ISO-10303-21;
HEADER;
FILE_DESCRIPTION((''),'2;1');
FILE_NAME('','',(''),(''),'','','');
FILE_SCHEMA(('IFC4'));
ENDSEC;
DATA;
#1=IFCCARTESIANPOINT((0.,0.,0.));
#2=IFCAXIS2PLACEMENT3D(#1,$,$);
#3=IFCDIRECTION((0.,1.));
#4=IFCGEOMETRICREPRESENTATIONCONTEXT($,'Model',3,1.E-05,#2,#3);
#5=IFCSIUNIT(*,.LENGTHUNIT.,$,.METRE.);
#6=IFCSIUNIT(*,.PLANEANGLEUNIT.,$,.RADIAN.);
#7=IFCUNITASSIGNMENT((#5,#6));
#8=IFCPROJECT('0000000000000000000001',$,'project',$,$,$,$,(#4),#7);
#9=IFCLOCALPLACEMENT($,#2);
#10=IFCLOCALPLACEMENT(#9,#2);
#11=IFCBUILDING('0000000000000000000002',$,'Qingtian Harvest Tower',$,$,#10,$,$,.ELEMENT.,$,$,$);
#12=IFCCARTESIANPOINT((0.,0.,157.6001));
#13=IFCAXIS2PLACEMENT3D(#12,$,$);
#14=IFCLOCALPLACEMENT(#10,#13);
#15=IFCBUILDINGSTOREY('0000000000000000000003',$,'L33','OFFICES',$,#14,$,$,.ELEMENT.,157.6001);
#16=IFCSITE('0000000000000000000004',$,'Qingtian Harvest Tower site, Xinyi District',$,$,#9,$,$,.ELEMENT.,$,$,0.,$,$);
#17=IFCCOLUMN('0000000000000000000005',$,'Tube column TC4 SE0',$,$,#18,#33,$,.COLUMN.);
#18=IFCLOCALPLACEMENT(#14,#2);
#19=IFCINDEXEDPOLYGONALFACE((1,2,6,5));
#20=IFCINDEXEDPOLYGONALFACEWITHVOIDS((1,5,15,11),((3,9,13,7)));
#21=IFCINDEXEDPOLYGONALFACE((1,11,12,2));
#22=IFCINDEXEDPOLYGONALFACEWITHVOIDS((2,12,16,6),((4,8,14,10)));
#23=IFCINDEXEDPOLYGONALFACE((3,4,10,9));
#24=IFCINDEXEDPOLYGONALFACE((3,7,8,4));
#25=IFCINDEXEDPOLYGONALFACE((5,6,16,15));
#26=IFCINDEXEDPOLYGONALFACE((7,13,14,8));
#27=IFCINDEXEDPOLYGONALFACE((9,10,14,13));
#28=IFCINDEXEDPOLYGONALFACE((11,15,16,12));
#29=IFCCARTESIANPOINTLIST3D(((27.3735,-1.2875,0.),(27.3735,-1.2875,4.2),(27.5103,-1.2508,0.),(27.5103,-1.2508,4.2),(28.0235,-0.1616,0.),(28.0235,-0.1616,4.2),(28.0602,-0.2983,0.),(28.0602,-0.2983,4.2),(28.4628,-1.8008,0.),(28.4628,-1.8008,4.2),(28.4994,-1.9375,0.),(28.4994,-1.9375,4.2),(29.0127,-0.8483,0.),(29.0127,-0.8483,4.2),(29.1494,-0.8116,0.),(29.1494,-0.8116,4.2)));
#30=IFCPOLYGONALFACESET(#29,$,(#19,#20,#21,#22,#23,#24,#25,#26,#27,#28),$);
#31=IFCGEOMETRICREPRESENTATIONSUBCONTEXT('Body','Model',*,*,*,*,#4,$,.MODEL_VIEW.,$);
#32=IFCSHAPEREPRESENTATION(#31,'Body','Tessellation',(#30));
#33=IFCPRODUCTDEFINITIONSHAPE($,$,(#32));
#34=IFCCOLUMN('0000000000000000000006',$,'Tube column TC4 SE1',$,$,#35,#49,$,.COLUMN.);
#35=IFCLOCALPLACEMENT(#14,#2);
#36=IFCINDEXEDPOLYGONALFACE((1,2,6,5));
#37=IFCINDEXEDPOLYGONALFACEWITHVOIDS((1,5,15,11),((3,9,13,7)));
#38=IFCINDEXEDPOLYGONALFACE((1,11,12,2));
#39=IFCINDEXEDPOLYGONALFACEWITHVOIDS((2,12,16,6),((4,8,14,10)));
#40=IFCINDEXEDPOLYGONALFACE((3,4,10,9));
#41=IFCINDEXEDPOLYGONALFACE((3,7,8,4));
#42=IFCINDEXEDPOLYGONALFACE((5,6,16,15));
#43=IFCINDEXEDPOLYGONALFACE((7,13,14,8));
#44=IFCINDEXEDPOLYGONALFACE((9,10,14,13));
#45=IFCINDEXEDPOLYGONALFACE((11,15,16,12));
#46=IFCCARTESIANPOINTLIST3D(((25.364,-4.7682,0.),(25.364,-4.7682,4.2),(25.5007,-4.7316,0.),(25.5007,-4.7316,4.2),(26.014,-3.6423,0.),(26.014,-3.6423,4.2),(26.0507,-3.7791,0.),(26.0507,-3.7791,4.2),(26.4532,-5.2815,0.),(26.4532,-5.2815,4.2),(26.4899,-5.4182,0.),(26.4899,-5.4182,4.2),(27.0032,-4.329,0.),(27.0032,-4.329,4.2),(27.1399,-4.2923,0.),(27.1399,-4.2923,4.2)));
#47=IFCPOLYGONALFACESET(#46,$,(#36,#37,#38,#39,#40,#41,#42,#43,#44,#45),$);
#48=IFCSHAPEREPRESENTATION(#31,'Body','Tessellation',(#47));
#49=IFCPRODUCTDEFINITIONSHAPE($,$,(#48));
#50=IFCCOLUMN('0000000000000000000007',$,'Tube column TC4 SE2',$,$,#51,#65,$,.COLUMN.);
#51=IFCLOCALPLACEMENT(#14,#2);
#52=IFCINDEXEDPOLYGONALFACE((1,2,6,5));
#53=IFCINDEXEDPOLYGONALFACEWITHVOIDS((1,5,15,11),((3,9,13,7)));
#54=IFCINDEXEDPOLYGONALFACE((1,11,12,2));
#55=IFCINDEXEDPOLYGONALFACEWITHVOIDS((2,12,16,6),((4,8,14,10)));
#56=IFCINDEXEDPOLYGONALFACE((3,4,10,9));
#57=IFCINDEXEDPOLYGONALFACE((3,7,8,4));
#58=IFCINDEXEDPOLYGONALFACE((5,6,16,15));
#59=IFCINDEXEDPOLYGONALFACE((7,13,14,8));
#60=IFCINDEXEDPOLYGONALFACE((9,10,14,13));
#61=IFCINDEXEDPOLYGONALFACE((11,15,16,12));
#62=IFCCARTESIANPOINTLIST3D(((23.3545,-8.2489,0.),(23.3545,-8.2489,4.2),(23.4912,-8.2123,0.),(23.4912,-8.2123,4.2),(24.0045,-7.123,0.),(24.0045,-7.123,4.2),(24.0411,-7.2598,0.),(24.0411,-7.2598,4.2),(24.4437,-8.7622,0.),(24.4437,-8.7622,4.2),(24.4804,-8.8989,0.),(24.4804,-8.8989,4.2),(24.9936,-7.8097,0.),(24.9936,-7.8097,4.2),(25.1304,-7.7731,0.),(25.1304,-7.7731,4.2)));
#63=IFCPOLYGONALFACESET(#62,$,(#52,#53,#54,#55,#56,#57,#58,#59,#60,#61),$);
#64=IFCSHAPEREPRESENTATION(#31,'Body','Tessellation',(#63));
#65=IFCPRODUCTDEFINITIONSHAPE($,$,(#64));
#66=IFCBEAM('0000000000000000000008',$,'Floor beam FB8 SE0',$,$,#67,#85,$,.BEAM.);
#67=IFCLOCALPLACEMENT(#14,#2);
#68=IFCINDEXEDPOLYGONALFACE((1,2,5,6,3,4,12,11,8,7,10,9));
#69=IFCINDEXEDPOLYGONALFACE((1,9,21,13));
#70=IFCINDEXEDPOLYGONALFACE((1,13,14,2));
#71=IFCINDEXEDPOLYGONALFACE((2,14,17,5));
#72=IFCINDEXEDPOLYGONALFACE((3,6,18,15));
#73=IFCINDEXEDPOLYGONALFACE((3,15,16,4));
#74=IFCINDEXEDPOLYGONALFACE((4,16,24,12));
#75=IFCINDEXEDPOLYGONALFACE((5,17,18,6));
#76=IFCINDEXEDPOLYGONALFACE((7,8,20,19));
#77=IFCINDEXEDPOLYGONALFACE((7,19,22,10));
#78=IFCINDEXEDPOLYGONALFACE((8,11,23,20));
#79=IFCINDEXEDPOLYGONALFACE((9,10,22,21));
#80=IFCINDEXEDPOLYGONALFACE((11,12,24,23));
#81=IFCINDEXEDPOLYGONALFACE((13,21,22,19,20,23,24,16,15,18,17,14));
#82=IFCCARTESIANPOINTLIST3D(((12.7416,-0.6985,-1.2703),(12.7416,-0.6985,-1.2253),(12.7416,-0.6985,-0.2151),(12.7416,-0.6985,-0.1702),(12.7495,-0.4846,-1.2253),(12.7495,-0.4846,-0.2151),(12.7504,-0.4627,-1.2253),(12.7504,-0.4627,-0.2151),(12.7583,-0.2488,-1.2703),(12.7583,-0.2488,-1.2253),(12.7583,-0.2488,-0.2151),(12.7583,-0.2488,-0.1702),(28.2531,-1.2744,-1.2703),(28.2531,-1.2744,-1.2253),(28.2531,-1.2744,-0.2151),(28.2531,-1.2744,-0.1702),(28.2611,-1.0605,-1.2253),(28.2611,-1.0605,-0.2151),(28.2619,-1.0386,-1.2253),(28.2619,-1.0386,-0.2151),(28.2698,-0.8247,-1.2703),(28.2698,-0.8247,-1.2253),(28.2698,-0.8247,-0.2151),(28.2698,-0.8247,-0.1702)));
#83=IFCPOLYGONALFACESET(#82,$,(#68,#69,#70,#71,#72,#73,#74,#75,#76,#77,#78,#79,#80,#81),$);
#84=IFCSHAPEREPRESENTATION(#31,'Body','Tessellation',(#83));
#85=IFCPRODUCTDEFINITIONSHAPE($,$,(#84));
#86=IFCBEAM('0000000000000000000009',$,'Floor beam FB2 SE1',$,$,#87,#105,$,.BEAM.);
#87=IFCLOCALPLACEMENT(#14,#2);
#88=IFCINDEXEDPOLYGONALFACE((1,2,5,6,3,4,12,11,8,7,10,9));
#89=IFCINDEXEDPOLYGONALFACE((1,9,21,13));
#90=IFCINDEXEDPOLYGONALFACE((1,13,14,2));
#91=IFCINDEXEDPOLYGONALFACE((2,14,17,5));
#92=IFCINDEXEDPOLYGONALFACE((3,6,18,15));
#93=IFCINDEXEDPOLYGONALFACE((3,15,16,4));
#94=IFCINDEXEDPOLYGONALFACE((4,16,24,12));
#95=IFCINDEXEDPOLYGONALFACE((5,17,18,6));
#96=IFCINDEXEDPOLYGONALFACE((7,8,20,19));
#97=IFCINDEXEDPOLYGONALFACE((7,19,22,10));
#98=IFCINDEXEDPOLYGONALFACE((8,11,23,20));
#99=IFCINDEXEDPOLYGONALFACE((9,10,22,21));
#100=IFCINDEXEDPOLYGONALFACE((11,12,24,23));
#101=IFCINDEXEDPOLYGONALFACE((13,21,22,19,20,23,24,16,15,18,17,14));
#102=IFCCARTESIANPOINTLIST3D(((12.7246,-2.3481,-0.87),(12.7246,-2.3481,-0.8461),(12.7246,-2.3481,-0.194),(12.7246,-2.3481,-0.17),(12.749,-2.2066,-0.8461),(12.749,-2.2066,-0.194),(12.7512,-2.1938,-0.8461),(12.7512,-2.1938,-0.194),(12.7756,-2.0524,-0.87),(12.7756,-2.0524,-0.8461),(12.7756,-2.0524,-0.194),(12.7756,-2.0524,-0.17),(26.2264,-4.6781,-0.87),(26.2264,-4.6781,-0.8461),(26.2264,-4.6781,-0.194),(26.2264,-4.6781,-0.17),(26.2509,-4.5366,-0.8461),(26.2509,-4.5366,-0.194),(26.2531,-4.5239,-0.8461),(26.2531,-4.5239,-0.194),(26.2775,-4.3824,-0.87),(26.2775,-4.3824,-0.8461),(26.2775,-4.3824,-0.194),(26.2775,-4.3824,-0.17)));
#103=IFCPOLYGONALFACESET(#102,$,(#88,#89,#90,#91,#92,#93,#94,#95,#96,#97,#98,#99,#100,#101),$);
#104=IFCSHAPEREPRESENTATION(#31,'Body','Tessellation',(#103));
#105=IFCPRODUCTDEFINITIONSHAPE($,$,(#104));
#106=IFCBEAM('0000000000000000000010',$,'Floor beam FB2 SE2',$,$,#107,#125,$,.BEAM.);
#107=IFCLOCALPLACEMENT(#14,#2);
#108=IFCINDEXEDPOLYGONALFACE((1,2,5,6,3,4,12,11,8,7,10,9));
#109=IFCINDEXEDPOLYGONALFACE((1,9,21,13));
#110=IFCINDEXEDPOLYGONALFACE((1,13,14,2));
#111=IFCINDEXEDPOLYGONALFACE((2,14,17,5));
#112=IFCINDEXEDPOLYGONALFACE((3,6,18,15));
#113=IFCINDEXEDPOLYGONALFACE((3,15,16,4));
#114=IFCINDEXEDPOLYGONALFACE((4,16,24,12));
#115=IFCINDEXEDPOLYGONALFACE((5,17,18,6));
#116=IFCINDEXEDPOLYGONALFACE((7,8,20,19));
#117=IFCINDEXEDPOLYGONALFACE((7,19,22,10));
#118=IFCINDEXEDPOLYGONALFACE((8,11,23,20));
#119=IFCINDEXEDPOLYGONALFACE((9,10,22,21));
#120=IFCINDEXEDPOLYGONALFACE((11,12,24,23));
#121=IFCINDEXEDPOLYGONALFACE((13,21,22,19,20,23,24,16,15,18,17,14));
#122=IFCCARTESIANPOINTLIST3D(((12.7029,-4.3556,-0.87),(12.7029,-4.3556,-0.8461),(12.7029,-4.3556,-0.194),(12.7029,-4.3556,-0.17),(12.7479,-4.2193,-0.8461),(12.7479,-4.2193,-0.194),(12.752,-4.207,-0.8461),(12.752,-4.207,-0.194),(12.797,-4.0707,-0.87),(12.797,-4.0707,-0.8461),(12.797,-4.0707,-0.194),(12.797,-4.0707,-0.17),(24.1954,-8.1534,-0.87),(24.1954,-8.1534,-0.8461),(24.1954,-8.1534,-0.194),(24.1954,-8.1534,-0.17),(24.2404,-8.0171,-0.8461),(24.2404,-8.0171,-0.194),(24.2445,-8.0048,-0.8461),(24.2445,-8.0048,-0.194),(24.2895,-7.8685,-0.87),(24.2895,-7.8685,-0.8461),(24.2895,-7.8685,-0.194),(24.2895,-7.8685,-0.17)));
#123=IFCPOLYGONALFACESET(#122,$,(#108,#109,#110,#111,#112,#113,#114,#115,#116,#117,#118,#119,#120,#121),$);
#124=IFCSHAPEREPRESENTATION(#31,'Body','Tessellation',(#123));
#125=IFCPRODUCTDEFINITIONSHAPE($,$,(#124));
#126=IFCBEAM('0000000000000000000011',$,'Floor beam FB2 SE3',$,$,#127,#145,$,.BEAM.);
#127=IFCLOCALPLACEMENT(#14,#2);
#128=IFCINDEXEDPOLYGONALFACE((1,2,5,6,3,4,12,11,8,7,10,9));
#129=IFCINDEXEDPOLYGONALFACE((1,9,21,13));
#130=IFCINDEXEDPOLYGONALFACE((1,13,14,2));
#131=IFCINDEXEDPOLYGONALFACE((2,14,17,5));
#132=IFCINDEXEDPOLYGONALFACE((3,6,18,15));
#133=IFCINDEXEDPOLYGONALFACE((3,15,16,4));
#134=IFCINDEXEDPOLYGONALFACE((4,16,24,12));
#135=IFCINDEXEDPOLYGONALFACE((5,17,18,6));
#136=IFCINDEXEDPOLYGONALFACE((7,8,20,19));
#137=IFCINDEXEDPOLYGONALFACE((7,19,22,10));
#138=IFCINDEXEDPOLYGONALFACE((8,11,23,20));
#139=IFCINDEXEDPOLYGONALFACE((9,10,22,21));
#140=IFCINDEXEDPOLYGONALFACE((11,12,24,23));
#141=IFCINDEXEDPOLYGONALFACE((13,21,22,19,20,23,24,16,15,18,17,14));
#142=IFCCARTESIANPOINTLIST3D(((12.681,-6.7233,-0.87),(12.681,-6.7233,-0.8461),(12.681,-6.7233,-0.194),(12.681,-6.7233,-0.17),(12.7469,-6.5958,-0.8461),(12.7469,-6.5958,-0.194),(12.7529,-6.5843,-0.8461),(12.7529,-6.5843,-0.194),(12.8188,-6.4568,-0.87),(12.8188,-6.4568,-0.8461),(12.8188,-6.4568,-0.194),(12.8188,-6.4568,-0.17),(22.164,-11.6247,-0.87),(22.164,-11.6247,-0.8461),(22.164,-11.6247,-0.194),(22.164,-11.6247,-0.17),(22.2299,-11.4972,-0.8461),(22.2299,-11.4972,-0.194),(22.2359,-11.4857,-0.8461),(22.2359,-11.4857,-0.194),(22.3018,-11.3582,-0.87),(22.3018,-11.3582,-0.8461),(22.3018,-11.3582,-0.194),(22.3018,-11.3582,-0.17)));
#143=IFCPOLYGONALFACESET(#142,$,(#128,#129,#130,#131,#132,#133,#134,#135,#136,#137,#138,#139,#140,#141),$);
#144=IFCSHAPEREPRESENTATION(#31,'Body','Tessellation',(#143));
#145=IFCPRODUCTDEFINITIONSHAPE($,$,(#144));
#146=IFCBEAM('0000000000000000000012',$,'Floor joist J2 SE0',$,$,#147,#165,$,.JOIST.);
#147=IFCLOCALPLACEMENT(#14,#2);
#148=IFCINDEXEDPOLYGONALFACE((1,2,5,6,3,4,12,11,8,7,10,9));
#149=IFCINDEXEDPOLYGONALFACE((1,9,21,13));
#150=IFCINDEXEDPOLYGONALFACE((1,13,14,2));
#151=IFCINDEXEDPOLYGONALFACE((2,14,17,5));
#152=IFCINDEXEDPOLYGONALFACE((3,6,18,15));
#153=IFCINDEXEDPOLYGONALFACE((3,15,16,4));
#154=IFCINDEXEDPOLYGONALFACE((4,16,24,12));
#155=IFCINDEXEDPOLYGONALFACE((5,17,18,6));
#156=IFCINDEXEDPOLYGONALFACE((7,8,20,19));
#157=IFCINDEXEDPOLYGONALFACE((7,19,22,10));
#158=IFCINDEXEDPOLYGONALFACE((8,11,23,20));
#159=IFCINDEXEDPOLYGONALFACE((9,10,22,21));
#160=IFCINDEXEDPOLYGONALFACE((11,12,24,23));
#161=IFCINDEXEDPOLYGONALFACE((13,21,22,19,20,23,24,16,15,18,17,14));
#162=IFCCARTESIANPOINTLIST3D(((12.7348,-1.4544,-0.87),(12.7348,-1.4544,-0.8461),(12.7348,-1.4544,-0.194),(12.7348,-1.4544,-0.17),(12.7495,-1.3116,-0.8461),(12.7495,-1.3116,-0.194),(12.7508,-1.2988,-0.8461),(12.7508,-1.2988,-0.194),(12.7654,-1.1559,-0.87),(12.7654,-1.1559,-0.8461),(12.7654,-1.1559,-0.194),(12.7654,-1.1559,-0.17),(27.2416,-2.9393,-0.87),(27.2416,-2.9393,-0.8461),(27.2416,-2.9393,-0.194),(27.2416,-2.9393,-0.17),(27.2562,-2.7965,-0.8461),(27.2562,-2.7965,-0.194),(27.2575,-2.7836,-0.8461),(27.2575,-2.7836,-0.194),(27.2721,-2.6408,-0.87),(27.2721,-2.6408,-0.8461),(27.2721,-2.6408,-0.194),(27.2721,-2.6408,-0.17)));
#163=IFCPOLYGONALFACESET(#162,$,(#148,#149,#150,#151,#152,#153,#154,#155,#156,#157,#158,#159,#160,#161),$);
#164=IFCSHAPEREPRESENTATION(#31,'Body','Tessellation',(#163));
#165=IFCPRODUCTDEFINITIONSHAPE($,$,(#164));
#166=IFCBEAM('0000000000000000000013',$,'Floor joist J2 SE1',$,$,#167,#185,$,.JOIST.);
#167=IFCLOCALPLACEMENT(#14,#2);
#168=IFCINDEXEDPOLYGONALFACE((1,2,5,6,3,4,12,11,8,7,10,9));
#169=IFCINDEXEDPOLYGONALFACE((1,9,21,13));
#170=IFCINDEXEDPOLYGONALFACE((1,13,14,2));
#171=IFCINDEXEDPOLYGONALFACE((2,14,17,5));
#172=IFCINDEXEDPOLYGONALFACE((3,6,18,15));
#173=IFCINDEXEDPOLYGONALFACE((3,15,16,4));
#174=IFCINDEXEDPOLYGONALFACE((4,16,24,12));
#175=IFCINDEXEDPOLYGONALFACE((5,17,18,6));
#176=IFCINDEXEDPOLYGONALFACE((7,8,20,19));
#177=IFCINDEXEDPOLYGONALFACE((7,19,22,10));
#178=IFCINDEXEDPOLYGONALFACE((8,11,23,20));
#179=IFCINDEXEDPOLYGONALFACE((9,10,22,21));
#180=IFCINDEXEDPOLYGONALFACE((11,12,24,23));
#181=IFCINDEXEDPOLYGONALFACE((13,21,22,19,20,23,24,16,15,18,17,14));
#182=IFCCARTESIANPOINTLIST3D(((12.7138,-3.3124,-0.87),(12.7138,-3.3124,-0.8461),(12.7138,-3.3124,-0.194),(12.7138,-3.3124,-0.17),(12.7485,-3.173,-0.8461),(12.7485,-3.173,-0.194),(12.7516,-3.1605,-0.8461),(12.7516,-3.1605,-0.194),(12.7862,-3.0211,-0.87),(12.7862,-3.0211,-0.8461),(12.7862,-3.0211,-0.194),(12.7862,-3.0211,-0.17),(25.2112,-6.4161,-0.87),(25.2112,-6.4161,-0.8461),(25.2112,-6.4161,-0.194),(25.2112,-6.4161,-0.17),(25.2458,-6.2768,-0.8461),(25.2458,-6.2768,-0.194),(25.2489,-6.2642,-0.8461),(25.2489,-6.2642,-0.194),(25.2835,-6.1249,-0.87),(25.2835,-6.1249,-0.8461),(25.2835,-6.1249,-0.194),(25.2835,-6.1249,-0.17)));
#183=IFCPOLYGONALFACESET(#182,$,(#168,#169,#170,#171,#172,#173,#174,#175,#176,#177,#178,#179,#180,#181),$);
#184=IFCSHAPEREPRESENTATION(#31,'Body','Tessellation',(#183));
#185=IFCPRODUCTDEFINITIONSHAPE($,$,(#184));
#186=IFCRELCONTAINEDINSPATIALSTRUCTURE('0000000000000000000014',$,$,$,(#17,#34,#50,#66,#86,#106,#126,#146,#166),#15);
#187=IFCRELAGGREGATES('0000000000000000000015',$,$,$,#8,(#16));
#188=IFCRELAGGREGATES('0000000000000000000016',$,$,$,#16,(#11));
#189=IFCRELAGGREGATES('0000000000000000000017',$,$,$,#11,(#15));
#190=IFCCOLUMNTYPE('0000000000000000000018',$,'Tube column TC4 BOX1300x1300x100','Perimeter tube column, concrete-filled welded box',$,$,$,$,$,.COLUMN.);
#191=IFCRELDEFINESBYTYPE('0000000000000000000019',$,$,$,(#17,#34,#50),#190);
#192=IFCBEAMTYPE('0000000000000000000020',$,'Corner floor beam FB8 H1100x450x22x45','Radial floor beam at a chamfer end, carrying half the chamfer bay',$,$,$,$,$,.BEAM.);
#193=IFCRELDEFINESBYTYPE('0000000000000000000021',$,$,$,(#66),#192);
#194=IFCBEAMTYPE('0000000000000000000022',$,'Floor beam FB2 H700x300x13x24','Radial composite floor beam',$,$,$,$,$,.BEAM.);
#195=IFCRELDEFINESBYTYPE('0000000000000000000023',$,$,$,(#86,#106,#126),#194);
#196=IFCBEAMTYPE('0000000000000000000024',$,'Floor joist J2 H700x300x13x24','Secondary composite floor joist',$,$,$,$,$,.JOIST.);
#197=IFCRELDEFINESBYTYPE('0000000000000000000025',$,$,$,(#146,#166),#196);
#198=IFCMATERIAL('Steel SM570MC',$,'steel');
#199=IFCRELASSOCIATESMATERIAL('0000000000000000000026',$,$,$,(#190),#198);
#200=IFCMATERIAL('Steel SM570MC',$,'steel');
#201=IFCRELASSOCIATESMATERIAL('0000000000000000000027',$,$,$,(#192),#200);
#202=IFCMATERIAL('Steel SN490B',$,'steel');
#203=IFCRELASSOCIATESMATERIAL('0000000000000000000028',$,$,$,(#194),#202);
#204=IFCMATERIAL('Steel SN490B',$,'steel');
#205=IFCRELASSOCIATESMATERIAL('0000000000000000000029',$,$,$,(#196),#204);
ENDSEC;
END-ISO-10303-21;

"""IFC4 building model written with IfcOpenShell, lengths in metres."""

from ifc_helpers import new_model, si_unit, direction, frame, origin, origin_2d, place, context, subcontext, project, spatial, hollow_rectangle, i_section, extrude, material, material_profile, profile_set, type_object, element, save


model = new_model("IFC4")

# Units and contexts
model_context = context("Model", 3, precision=1e-05, world=origin(), true_north=direction((0.0, 1.0)))
body_context = subcontext(model_context, "Body", "Model", "MODEL_VIEW")
ifc_project = project(units=[si_unit("LENGTHUNIT", "METRE"), si_unit("PLANEANGLEUNIT", "RADIAN")], contexts=[model_context])

# Site, building, storey
site_placement = place(None, origin())
site = spatial("IfcSite", under=ifc_project, at=site_placement, Name="Qingtian Harvest Tower site, Xinyi District", CompositionType="ELEMENT", RefElevation=0.0)
building_placement = place(site_placement, origin())
building = spatial("IfcBuilding", under=site, at=building_placement, Name="Qingtian Harvest Tower", CompositionType="ELEMENT")
storey_placement = place(building_placement, frame((0.0, 0.0, 157.6001)))
storey = spatial("IfcBuildingStorey", under=building, at=storey_placement, Name="L33", Description="OFFICES", CompositionType="ELEMENT", Elevation=157.6001)

# Columns
ifc_material_1 = material(Name="Steel SM570MC", Category="steel")
ifc_material_profile_1 = material_profile(ifc_material_1, hollow_rectangle(XDim=1.3, YDim=1.3, WallThickness=0.1001, at=origin_2d()), Name="BOX1300x1300x100")
ifc_profile_set_1 = profile_set([ifc_material_profile_1], Name="Steel SM570MC")
column_type = type_object("IfcColumnType", Name="Tube column TC4 BOX1300x1300x100", Description="Perimeter tube column, concrete-filled welded box", PredefinedType="COLUMN", material=ifc_profile_set_1)
for number, where, z_axis, x_axis, name in (
    (1, (28.2615, -1.0496, 0.0), (0.0, 0.0, 1.0), (0.5, 0.866025, 0.0), "Tube column TC4 SE0"),
    (2, (26.252, -4.5303, 0.0), (0.0, 0.0, 1.0), (0.5, 0.866025, 0.0), "Tube column TC4 SE1"),
    (3, (24.2424, -8.011, 0.0), (0.0, 0.0, 1.0), (0.5, 0.866025, 0.0), "Tube column TC4 SE2"),
):
    element("IfcColumn", number, at=place(storey_placement, frame(where, z_axis=z_axis, x_axis=x_axis)), inside=storey, type_object=column_type, Name=name, PredefinedType="COLUMN", context=body_context, shape_type="SweptSolid", body=[
        extrude(hollow_rectangle(XDim=1.3, YDim=1.3, WallThickness=0.1001, at=origin_2d()), origin(), (0.0, 0.0, 1.0), 4.2),
    ])

# Beams
ifc_material_2 = material(Name="Steel SM570MC", Category="steel")
ifc_material_profile_2 = material_profile(ifc_material_2, i_section(OverallWidth=0.45, OverallDepth=1.1001, WebThickness=0.022, FlangeThickness=0.0449, at=origin_2d()), Name="H1100x450x22x45")
ifc_profile_set_2 = profile_set([ifc_material_profile_2], Name="Steel SM570MC")
beam_type_1 = type_object("IfcBeamType", Name="Corner floor beam FB8 H1100x450x22x45", Description="Radial floor beam at a chamfer end, carrying half the chamfer bay", PredefinedType="BEAM", material=ifc_profile_set_2)
beam_1_placement = place(storey_placement, frame((28.2615, -1.0496, -0.7202), z_axis=(-0.999311, 0.037104, 0.0), x_axis=(-0.037104, -0.999311, 0.0)))
element("IfcBeam", 4, at=beam_1_placement, inside=storey, type_object=beam_type_1, Name="Floor beam FB8 SE0", PredefinedType="BEAM", context=body_context, shape_type="SweptSolid", body=[
    extrude(i_section(OverallWidth=0.45, OverallDepth=1.1001, WebThickness=0.022, FlangeThickness=0.0449, at=origin_2d()), origin(), (0.0, 0.0, 1.0), 15.5222),
])
ifc_material_3 = material(Name="Steel SN490B", Category="steel")
ifc_material_profile_3 = material_profile(ifc_material_3, i_section(OverallWidth=0.3, OverallDepth=0.7, WebThickness=0.0129, FlangeThickness=0.0239, at=origin_2d()), Name="H700x300x13x24")
ifc_profile_set_3 = profile_set([ifc_material_profile_3], Name="Steel SN490B")
beam_type_2 = type_object("IfcBeamType", Name="Floor beam FB2 H700x300x13x24", Description="Radial composite floor beam", PredefinedType="BEAM", material=ifc_profile_set_3)
beam_2_placement = place(storey_placement, frame((26.252, -4.5303, -0.52), z_axis=(-0.985434, 0.17006, 0.0), x_axis=(-0.17006, -0.985434, 0.0)))
element("IfcBeam", 5, at=beam_2_placement, inside=storey, type_object=beam_type_2, Name="Floor beam FB2 SE1", PredefinedType="BEAM", context=body_context, shape_type="SweptSolid", body=[
    extrude(i_section(OverallWidth=0.3, OverallDepth=0.7, WebThickness=0.0129, FlangeThickness=0.0239, at=origin_2d()), origin(), (0.0, 0.0, 1.0), 13.7014),
])
beam_3_placement = place(storey_placement, frame((24.2424, -8.011, -0.52), z_axis=(-0.949497, 0.313776, 0.0), x_axis=(-0.313776, -0.949497, 0.0)))
element("IfcBeam", 6, at=beam_3_placement, inside=storey, type_object=beam_type_2, Name="Floor beam FB2 SE2", PredefinedType="BEAM", context=body_context, shape_type="SweptSolid", body=[
    extrude(i_section(OverallWidth=0.3, OverallDepth=0.7, WebThickness=0.0129, FlangeThickness=0.0239, at=origin_2d()), origin(), (0.0, 0.0, 1.0), 12.1038),
])
beam_4_placement = place(storey_placement, frame((22.2329, -11.4915, -0.52), z_axis=(-0.888355, 0.459158, 0.0), x_axis=(-0.459158, -0.888355, 0.0)))
element("IfcBeam", 7, at=beam_4_placement, inside=storey, type_object=beam_type_2, Name="Floor beam FB2 SE3", PredefinedType="BEAM", context=body_context, shape_type="SweptSolid", body=[
    extrude(i_section(OverallWidth=0.3, OverallDepth=0.7, WebThickness=0.0129, FlangeThickness=0.0239, at=origin_2d()), origin(), (0.0, 0.0, 1.0), 10.6748),
])
ifc_material_4 = material(Name="Steel SN490B", Category="steel")
ifc_material_profile_4 = material_profile(ifc_material_4, i_section(OverallWidth=0.3, OverallDepth=0.7, WebThickness=0.0129, FlangeThickness=0.0239, at=origin_2d()), Name="H700x300x13x24")
ifc_profile_set_4 = profile_set([ifc_material_profile_4], Name="Steel SN490B")
beam_type_3 = type_object("IfcBeamType", Name="Floor joist J2 H700x300x13x24", Description="Secondary composite floor joist", PredefinedType="JOIST", material=ifc_profile_set_4)
beam_5_placement = place(storey_placement, frame((27.2568, -2.79, -0.52), z_axis=(-0.994802, 0.101824, 0.0), x_axis=(-0.101824, -0.994802, 0.0)))
element("IfcBeam", 8, at=beam_5_placement, inside=storey, type_object=beam_type_3, Name="Floor joist J2 SE0", PredefinedType="JOIST", context=body_context, shape_type="SweptSolid", body=[
    extrude(i_section(OverallWidth=0.3, OverallDepth=0.7, WebThickness=0.0129, FlangeThickness=0.0239, at=origin_2d()), origin(), (0.0, 0.0, 1.0), 14.5825),
])
beam_6_placement = place(storey_placement, frame((25.2473, -6.2705, -0.52), z_axis=(-0.970517, 0.241032, 0.0), x_axis=(-0.241032, -0.970517, 0.0)))
element("IfcBeam", 9, at=beam_6_placement, inside=storey, type_object=beam_type_3, Name="Floor joist J2 SE1", PredefinedType="JOIST", context=body_context, shape_type="SweptSolid", body=[
    extrude(i_section(OverallWidth=0.3, OverallDepth=0.7, WebThickness=0.0129, FlangeThickness=0.0239, at=origin_2d()), origin(), (0.0, 0.0, 1.0), 12.877),
])

save(model, "model.ifc")
